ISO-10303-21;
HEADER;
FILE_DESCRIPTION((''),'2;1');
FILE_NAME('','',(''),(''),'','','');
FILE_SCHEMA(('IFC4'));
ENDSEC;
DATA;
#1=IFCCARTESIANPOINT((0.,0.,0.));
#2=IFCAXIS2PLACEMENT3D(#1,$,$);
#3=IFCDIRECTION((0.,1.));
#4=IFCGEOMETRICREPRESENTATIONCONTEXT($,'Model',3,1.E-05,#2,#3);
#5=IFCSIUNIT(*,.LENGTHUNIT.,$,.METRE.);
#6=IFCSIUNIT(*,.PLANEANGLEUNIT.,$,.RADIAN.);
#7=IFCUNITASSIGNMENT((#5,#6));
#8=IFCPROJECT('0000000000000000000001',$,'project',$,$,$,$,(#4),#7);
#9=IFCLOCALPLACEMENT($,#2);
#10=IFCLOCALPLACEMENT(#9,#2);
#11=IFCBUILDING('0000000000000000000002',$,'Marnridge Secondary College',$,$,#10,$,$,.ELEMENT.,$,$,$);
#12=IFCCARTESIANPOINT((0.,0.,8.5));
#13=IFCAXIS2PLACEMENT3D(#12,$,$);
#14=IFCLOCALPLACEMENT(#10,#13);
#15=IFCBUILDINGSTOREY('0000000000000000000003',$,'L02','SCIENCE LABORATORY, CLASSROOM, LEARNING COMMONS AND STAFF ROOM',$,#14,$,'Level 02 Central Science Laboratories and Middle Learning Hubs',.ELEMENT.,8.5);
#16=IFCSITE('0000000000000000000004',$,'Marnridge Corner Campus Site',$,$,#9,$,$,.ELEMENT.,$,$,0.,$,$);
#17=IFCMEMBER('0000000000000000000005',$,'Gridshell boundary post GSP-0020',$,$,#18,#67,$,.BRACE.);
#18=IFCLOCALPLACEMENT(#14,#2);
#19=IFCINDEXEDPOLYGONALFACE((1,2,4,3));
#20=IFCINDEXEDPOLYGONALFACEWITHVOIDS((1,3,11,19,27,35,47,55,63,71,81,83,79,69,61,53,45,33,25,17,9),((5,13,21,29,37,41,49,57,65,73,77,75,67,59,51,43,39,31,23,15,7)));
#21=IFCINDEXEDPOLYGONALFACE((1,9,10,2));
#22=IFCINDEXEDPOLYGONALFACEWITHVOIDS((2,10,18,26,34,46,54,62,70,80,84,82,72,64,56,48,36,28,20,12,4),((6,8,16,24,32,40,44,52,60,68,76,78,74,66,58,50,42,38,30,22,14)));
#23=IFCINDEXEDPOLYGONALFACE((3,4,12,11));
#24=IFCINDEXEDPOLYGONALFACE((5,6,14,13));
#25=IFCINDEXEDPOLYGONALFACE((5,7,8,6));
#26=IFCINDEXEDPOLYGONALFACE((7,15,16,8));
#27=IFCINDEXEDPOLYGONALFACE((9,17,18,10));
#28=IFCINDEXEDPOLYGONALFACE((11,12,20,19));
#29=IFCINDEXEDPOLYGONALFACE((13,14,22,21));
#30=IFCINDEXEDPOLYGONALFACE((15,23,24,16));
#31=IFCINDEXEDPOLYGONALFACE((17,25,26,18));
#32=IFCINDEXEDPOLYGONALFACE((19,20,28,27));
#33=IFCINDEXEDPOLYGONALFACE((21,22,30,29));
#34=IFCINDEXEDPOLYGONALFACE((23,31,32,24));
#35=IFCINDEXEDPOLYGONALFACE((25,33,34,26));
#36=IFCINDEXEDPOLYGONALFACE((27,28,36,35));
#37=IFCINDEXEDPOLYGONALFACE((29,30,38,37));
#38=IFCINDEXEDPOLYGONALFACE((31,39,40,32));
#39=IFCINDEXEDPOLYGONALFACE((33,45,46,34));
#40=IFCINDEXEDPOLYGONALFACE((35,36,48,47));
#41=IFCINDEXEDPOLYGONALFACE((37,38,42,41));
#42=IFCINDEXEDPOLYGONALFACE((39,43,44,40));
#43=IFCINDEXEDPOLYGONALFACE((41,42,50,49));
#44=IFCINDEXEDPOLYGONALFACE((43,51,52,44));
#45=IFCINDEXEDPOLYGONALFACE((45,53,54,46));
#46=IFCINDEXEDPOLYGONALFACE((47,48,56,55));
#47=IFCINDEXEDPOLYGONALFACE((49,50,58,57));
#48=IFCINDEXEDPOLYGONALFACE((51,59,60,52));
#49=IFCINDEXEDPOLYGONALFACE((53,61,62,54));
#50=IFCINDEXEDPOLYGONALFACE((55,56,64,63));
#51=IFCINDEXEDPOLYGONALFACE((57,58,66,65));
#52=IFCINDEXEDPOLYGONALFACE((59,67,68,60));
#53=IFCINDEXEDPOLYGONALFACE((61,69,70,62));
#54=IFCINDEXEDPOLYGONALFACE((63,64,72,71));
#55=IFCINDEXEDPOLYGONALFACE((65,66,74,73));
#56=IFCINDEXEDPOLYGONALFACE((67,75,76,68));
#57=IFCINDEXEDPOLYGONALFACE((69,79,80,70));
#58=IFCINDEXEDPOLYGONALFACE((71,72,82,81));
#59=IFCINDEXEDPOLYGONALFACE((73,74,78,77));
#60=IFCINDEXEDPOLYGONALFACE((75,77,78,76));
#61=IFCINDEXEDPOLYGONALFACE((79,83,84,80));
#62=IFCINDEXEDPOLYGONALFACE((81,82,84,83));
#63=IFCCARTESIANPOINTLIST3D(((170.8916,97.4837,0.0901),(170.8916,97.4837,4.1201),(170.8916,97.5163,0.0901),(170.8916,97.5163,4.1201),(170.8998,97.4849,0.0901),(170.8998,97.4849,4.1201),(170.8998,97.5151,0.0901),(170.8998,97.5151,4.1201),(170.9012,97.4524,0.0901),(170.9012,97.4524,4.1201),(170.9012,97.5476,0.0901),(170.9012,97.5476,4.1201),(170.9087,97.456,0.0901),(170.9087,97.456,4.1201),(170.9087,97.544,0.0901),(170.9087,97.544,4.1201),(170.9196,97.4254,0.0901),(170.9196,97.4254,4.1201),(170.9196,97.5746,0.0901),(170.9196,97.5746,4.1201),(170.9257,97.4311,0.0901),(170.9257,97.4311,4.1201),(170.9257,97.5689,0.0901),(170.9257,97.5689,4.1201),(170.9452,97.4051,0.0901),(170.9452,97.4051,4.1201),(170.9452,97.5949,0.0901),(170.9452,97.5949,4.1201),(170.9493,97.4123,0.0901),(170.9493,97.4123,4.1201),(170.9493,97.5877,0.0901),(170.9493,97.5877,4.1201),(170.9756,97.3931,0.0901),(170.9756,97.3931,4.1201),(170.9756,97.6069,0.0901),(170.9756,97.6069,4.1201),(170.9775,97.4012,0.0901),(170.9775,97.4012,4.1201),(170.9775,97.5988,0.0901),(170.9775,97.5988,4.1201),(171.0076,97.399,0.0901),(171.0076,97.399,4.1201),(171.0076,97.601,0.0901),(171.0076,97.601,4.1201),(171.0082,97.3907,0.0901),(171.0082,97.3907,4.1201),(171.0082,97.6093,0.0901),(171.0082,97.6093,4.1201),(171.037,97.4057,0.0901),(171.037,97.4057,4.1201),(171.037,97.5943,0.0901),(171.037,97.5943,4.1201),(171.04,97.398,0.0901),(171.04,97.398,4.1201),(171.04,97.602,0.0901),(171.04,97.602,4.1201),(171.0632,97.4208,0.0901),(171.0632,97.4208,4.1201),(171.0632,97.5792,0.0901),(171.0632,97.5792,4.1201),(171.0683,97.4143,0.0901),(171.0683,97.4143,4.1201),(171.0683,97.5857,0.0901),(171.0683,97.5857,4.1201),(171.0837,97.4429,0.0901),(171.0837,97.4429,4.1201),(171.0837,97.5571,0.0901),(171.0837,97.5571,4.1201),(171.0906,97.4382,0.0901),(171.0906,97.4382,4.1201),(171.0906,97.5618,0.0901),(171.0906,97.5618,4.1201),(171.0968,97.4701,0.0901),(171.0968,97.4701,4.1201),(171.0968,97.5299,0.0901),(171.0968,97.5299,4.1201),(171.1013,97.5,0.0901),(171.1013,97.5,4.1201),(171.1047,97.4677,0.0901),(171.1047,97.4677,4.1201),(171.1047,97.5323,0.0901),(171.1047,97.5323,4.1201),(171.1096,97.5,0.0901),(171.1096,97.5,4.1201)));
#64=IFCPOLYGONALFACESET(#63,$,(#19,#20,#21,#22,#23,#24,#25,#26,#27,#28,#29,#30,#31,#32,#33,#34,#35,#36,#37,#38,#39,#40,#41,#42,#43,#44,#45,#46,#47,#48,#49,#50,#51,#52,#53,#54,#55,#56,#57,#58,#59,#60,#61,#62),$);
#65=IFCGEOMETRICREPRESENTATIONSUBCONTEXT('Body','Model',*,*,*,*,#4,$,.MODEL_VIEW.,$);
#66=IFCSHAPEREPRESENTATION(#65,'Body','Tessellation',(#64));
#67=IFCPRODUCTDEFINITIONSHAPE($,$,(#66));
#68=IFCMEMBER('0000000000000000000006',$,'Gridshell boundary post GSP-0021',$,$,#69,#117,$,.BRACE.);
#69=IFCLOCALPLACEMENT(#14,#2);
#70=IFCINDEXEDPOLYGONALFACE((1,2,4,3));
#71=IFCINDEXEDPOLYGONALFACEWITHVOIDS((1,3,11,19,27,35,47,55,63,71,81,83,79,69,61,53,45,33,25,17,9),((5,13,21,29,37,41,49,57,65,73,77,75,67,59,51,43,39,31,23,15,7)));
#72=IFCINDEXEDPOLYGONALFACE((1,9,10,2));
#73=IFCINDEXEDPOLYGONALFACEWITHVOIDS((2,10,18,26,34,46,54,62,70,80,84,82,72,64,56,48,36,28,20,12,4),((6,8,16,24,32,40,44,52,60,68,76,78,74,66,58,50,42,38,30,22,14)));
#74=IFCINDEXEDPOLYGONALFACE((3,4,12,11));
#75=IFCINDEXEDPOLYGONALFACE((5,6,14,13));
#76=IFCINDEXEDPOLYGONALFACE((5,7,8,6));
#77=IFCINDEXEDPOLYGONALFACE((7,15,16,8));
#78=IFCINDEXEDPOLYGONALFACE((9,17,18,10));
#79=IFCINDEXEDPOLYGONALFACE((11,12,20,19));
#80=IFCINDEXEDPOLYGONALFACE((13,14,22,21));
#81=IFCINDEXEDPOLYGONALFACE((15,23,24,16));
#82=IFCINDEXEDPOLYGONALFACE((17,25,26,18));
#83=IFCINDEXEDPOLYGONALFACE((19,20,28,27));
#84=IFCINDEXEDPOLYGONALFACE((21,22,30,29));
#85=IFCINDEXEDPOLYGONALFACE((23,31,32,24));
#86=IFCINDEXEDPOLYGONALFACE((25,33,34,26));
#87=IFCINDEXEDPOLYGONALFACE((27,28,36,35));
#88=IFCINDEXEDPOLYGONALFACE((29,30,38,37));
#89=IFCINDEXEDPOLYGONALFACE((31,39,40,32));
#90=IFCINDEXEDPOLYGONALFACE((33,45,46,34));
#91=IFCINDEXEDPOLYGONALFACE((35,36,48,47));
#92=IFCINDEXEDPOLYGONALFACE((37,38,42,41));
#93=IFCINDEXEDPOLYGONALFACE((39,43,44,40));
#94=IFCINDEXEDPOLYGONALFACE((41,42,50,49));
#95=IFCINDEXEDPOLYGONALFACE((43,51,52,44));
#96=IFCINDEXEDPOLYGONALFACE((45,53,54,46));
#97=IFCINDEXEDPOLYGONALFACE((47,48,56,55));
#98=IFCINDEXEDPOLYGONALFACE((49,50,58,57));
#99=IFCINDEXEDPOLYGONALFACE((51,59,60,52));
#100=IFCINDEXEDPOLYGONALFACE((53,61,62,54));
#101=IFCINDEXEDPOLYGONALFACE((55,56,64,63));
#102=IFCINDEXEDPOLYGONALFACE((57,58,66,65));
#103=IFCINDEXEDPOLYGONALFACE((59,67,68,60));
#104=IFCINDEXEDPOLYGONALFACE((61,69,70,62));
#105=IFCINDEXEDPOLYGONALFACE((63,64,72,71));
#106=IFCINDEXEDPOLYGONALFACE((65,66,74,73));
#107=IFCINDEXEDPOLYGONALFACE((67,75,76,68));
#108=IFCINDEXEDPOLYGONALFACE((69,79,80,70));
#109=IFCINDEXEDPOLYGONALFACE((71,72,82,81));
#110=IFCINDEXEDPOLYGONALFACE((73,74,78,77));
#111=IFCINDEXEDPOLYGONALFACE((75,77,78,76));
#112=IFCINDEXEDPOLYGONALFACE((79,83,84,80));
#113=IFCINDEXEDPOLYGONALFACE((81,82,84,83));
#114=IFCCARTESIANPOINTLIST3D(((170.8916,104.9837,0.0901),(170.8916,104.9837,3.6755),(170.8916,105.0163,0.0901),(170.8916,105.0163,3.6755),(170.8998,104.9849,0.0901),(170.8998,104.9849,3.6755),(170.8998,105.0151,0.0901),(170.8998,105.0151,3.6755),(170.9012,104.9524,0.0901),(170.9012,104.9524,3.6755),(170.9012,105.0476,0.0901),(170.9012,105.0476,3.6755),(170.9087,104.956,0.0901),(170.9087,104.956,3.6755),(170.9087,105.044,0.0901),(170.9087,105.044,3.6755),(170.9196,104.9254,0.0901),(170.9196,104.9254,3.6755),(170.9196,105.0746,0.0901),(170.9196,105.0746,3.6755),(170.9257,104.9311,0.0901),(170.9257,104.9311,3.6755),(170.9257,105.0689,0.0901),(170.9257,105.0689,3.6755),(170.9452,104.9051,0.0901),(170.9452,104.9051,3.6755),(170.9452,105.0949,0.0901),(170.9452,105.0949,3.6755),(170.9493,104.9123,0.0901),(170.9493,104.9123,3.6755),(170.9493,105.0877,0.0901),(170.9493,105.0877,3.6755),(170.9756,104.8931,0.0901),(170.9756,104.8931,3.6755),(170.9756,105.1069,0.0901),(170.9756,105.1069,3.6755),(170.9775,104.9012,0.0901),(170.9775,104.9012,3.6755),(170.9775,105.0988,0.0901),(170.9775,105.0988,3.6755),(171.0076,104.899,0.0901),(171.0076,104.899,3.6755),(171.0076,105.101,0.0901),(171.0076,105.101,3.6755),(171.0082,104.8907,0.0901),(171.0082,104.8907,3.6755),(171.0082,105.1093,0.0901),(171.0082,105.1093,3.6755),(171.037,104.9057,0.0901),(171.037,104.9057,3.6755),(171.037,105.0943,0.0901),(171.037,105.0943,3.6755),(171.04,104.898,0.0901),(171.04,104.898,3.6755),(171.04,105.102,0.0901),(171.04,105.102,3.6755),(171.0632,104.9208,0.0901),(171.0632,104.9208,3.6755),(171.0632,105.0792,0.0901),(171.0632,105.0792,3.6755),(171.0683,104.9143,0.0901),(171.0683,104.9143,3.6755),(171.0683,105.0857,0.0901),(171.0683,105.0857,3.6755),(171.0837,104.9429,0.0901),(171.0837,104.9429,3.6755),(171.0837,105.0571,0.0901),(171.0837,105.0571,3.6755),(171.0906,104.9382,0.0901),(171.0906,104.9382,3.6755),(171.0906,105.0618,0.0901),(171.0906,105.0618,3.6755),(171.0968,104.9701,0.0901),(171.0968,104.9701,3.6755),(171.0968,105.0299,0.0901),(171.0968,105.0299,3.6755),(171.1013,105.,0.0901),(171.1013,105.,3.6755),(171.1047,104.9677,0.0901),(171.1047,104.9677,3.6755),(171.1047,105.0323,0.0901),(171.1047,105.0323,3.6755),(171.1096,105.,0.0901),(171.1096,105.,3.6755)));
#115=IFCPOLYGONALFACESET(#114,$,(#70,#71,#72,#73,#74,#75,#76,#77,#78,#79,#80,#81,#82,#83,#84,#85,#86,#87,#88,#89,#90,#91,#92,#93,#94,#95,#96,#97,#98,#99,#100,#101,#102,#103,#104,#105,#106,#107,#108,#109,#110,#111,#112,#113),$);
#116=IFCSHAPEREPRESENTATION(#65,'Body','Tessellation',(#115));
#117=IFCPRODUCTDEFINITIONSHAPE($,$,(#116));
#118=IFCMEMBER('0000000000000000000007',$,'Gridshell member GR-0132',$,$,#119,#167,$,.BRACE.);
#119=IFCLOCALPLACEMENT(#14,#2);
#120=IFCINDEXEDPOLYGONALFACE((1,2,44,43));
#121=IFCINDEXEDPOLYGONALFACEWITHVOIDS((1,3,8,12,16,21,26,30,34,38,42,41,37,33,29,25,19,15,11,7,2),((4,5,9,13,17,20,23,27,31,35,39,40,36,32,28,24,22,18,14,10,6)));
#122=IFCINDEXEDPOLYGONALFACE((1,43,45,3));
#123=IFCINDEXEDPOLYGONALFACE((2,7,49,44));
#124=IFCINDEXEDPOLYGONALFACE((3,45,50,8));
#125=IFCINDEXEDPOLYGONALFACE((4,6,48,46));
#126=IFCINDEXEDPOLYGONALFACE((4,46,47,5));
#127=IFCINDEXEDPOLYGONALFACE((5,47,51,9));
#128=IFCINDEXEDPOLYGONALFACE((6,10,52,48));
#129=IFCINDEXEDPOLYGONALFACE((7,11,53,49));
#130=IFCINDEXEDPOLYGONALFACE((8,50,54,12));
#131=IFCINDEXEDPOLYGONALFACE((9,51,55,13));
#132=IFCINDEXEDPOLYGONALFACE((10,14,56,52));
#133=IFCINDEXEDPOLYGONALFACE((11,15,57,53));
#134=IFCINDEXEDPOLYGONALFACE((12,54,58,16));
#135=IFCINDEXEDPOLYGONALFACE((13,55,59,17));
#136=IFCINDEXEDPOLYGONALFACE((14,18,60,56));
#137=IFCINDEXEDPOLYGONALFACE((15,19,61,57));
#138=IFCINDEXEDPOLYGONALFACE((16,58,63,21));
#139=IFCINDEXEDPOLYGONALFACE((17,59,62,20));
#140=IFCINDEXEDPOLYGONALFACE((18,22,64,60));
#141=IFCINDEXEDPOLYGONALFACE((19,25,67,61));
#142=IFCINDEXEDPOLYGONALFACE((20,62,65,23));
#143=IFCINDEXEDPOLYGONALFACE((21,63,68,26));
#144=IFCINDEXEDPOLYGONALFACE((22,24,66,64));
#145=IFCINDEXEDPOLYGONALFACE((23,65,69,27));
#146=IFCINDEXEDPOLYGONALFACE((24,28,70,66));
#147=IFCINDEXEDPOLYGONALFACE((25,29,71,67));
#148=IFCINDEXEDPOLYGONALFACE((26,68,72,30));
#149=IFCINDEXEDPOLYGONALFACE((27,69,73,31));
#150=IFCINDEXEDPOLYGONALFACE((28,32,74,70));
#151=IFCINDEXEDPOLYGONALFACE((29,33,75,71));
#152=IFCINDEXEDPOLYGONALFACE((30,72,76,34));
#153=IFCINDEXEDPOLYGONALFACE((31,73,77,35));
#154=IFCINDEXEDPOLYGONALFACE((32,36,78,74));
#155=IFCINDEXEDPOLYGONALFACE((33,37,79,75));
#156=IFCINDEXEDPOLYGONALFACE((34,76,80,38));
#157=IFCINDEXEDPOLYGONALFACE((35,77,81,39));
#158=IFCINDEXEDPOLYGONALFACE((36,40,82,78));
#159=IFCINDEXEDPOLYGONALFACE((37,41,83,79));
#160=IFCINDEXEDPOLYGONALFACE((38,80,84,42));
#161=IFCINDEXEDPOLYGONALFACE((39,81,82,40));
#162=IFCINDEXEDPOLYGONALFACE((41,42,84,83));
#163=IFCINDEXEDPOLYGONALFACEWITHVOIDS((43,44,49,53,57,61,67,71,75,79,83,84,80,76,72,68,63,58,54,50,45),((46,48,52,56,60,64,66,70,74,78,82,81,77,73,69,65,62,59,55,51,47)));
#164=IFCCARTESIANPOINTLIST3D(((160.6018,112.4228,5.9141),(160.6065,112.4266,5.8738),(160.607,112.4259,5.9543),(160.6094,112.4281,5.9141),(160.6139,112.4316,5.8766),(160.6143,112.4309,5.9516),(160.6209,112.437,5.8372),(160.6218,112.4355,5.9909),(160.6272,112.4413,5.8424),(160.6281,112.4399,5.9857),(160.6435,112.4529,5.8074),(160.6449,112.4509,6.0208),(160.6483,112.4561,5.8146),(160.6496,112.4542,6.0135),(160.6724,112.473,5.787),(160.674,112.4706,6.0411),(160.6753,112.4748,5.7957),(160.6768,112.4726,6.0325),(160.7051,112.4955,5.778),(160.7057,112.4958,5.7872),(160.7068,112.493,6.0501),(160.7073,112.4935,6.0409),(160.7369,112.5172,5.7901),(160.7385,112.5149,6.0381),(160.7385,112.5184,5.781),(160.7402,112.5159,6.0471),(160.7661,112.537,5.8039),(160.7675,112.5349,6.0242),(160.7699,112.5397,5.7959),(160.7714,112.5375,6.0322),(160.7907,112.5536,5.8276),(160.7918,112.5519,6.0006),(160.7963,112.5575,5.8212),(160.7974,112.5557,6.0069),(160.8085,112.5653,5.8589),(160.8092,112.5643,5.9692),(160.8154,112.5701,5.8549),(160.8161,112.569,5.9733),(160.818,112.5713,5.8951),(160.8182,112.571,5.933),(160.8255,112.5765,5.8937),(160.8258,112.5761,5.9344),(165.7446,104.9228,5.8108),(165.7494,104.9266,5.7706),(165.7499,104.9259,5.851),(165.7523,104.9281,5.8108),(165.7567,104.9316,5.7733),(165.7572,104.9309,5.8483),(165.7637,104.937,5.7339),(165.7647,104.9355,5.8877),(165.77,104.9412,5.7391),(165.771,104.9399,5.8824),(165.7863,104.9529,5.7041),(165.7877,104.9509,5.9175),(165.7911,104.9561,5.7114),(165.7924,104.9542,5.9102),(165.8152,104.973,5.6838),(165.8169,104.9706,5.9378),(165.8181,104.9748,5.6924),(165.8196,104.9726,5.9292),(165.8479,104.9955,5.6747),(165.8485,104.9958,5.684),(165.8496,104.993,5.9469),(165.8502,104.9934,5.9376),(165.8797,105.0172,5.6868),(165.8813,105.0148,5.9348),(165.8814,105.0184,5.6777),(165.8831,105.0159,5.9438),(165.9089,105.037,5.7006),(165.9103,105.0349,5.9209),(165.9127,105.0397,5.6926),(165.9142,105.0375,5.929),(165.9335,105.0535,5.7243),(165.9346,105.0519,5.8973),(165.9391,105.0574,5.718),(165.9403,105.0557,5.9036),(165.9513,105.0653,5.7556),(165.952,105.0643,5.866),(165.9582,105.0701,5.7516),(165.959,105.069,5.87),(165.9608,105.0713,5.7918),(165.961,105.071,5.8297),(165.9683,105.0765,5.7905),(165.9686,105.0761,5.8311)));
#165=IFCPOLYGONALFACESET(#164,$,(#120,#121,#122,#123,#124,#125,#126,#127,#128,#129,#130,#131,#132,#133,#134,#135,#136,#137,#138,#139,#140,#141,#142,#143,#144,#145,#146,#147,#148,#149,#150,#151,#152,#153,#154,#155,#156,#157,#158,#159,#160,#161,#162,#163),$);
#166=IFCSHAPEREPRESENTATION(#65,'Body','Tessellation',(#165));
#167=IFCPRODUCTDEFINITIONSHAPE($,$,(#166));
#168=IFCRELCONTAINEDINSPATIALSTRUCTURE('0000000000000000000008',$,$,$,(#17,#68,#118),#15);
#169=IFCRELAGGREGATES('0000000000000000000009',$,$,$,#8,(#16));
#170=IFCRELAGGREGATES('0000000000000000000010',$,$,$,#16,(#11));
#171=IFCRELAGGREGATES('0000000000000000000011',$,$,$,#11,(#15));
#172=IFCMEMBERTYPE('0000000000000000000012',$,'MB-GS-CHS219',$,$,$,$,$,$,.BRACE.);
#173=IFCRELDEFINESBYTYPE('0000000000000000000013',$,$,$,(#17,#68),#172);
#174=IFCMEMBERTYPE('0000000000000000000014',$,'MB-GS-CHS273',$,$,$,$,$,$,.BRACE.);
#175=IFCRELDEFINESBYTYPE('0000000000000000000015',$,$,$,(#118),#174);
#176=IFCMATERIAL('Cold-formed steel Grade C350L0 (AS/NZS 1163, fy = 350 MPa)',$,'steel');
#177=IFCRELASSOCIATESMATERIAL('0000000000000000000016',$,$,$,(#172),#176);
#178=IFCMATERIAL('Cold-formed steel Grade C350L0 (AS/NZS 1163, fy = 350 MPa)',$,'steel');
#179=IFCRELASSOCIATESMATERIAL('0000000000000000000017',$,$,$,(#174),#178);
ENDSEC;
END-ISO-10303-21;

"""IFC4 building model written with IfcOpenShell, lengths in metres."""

from ifc_helpers import new_model, si_unit, direction, frame, origin, origin_2d, place, context, subcontext, project, spatial, hollow_circle, extrude, material, material_profile, profile_set, type_object, element, save


model = new_model("IFC4")

# Units and contexts
model_context = context("Model", 3, precision=1e-05, world=origin(), true_north=direction((0.0, 1.0)))
body_context = subcontext(model_context, "Body", "Model", "MODEL_VIEW")
ifc_project = project(units=[si_unit("LENGTHUNIT", "METRE"), si_unit("PLANEANGLEUNIT", "RADIAN")], contexts=[model_context])

# Site, building, storey
site_placement = place(None, origin())
site = spatial("IfcSite", under=ifc_project, at=site_placement, Name="Marnridge Corner Campus Site", CompositionType="ELEMENT", RefElevation=0.0)
building_placement = place(site_placement, origin())
building = spatial("IfcBuilding", under=site, at=building_placement, Name="Marnridge Secondary College", CompositionType="ELEMENT")
storey_placement = place(building_placement, frame((0.0, 0.0, 8.5)))
storey = spatial("IfcBuildingStorey", under=building, at=storey_placement, Name="L02", Description="SCIENCE LABORATORY, CLASSROOM, LEARNING COMMONS AND STAFF ROOM", LongName="Level 02 Central Science Laboratories and Middle Learning Hubs", CompositionType="ELEMENT", Elevation=8.5)

# Members
ifc_material_1 = material(Name="Cold-formed steel Grade C350L0 (AS/NZS 1163, fy = 350 MPa)", Category="steel")
ifc_material_profile_1 = material_profile(ifc_material_1, hollow_circle(Radius=0.1096, WallThickness=0.0083, at=origin_2d()), Name="219.1x8.2CHS")
ifc_profile_set_1 = profile_set([ifc_material_profile_1], Name="Cold-formed steel Grade C350L0 (AS/NZS 1163, fy = 350 MPa)")
member_type_1 = type_object("IfcMemberType", Name="MB-GS-CHS219", PredefinedType="BRACE", material=ifc_profile_set_1)
member_1_placement = place(storey_placement, frame((171.0, 97.5, 0.0901), z_axis=(0.0, 0.0, 1.0), x_axis=(1.0, 0.0, 0.0)))
element("IfcMember", 1, at=member_1_placement, inside=storey, type_object=member_type_1, Name="Gridshell boundary post GSP-0020", PredefinedType="BRACE", context=body_context, shape_type="SweptSolid", body=[
    extrude(hollow_circle(Radius=0.1096, WallThickness=0.0083, at=origin_2d()), origin(), (0.0, 0.0, 1.0), 4.03),
])
member_2_placement = place(storey_placement, frame((171.0, 105.0, 0.0901), z_axis=(0.0, 0.0, 1.0), x_axis=(1.0, 0.0, 0.0)))
element("IfcMember", 2, at=member_2_placement, inside=storey, type_object=member_type_1, Name="Gridshell boundary post GSP-0021", PredefinedType="BRACE", context=body_context, shape_type="SweptSolid", body=[
    extrude(hollow_circle(Radius=0.1096, WallThickness=0.0083, at=origin_2d()), origin(), (0.0, 0.0, 1.0), 3.5854),
])
ifc_material_2 = material(Name="Cold-formed steel Grade C350L0 (AS/NZS 1163, fy = 350 MPa)", Category="steel")
ifc_material_profile_2 = material_profile(ifc_material_2, hollow_circle(Radius=0.1365, WallThickness=0.0093, at=origin_2d()), Name="273.1x9.3CHS")
ifc_profile_set_2 = profile_set([ifc_material_profile_2], Name="Cold-formed steel Grade C350L0 (AS/NZS 1163, fy = 350 MPa)")
member_type_2 = type_object("IfcMemberType", Name="MB-GS-CHS273", PredefinedType="BRACE", material=ifc_profile_set_2)
member_3_placement = place(storey_placement, frame((165.8572, 105.0, 5.8108), z_axis=(-0.565489, 0.824677, 0.011355), x_axis=(-0.824731, -0.565526, 0.0)))
element("IfcMember", 3, at=member_3_placement, inside=storey, type_object=member_type_2, Name="Gridshell member GR-0132", PredefinedType="BRACE", context=body_context, shape_type="SweptSolid", body=[
    extrude(hollow_circle(Radius=0.1365, WallThickness=0.0093, at=origin_2d()), origin(), (0.0, 0.0, 1.0), 9.0945),
])

save(model, "model.ifc")
